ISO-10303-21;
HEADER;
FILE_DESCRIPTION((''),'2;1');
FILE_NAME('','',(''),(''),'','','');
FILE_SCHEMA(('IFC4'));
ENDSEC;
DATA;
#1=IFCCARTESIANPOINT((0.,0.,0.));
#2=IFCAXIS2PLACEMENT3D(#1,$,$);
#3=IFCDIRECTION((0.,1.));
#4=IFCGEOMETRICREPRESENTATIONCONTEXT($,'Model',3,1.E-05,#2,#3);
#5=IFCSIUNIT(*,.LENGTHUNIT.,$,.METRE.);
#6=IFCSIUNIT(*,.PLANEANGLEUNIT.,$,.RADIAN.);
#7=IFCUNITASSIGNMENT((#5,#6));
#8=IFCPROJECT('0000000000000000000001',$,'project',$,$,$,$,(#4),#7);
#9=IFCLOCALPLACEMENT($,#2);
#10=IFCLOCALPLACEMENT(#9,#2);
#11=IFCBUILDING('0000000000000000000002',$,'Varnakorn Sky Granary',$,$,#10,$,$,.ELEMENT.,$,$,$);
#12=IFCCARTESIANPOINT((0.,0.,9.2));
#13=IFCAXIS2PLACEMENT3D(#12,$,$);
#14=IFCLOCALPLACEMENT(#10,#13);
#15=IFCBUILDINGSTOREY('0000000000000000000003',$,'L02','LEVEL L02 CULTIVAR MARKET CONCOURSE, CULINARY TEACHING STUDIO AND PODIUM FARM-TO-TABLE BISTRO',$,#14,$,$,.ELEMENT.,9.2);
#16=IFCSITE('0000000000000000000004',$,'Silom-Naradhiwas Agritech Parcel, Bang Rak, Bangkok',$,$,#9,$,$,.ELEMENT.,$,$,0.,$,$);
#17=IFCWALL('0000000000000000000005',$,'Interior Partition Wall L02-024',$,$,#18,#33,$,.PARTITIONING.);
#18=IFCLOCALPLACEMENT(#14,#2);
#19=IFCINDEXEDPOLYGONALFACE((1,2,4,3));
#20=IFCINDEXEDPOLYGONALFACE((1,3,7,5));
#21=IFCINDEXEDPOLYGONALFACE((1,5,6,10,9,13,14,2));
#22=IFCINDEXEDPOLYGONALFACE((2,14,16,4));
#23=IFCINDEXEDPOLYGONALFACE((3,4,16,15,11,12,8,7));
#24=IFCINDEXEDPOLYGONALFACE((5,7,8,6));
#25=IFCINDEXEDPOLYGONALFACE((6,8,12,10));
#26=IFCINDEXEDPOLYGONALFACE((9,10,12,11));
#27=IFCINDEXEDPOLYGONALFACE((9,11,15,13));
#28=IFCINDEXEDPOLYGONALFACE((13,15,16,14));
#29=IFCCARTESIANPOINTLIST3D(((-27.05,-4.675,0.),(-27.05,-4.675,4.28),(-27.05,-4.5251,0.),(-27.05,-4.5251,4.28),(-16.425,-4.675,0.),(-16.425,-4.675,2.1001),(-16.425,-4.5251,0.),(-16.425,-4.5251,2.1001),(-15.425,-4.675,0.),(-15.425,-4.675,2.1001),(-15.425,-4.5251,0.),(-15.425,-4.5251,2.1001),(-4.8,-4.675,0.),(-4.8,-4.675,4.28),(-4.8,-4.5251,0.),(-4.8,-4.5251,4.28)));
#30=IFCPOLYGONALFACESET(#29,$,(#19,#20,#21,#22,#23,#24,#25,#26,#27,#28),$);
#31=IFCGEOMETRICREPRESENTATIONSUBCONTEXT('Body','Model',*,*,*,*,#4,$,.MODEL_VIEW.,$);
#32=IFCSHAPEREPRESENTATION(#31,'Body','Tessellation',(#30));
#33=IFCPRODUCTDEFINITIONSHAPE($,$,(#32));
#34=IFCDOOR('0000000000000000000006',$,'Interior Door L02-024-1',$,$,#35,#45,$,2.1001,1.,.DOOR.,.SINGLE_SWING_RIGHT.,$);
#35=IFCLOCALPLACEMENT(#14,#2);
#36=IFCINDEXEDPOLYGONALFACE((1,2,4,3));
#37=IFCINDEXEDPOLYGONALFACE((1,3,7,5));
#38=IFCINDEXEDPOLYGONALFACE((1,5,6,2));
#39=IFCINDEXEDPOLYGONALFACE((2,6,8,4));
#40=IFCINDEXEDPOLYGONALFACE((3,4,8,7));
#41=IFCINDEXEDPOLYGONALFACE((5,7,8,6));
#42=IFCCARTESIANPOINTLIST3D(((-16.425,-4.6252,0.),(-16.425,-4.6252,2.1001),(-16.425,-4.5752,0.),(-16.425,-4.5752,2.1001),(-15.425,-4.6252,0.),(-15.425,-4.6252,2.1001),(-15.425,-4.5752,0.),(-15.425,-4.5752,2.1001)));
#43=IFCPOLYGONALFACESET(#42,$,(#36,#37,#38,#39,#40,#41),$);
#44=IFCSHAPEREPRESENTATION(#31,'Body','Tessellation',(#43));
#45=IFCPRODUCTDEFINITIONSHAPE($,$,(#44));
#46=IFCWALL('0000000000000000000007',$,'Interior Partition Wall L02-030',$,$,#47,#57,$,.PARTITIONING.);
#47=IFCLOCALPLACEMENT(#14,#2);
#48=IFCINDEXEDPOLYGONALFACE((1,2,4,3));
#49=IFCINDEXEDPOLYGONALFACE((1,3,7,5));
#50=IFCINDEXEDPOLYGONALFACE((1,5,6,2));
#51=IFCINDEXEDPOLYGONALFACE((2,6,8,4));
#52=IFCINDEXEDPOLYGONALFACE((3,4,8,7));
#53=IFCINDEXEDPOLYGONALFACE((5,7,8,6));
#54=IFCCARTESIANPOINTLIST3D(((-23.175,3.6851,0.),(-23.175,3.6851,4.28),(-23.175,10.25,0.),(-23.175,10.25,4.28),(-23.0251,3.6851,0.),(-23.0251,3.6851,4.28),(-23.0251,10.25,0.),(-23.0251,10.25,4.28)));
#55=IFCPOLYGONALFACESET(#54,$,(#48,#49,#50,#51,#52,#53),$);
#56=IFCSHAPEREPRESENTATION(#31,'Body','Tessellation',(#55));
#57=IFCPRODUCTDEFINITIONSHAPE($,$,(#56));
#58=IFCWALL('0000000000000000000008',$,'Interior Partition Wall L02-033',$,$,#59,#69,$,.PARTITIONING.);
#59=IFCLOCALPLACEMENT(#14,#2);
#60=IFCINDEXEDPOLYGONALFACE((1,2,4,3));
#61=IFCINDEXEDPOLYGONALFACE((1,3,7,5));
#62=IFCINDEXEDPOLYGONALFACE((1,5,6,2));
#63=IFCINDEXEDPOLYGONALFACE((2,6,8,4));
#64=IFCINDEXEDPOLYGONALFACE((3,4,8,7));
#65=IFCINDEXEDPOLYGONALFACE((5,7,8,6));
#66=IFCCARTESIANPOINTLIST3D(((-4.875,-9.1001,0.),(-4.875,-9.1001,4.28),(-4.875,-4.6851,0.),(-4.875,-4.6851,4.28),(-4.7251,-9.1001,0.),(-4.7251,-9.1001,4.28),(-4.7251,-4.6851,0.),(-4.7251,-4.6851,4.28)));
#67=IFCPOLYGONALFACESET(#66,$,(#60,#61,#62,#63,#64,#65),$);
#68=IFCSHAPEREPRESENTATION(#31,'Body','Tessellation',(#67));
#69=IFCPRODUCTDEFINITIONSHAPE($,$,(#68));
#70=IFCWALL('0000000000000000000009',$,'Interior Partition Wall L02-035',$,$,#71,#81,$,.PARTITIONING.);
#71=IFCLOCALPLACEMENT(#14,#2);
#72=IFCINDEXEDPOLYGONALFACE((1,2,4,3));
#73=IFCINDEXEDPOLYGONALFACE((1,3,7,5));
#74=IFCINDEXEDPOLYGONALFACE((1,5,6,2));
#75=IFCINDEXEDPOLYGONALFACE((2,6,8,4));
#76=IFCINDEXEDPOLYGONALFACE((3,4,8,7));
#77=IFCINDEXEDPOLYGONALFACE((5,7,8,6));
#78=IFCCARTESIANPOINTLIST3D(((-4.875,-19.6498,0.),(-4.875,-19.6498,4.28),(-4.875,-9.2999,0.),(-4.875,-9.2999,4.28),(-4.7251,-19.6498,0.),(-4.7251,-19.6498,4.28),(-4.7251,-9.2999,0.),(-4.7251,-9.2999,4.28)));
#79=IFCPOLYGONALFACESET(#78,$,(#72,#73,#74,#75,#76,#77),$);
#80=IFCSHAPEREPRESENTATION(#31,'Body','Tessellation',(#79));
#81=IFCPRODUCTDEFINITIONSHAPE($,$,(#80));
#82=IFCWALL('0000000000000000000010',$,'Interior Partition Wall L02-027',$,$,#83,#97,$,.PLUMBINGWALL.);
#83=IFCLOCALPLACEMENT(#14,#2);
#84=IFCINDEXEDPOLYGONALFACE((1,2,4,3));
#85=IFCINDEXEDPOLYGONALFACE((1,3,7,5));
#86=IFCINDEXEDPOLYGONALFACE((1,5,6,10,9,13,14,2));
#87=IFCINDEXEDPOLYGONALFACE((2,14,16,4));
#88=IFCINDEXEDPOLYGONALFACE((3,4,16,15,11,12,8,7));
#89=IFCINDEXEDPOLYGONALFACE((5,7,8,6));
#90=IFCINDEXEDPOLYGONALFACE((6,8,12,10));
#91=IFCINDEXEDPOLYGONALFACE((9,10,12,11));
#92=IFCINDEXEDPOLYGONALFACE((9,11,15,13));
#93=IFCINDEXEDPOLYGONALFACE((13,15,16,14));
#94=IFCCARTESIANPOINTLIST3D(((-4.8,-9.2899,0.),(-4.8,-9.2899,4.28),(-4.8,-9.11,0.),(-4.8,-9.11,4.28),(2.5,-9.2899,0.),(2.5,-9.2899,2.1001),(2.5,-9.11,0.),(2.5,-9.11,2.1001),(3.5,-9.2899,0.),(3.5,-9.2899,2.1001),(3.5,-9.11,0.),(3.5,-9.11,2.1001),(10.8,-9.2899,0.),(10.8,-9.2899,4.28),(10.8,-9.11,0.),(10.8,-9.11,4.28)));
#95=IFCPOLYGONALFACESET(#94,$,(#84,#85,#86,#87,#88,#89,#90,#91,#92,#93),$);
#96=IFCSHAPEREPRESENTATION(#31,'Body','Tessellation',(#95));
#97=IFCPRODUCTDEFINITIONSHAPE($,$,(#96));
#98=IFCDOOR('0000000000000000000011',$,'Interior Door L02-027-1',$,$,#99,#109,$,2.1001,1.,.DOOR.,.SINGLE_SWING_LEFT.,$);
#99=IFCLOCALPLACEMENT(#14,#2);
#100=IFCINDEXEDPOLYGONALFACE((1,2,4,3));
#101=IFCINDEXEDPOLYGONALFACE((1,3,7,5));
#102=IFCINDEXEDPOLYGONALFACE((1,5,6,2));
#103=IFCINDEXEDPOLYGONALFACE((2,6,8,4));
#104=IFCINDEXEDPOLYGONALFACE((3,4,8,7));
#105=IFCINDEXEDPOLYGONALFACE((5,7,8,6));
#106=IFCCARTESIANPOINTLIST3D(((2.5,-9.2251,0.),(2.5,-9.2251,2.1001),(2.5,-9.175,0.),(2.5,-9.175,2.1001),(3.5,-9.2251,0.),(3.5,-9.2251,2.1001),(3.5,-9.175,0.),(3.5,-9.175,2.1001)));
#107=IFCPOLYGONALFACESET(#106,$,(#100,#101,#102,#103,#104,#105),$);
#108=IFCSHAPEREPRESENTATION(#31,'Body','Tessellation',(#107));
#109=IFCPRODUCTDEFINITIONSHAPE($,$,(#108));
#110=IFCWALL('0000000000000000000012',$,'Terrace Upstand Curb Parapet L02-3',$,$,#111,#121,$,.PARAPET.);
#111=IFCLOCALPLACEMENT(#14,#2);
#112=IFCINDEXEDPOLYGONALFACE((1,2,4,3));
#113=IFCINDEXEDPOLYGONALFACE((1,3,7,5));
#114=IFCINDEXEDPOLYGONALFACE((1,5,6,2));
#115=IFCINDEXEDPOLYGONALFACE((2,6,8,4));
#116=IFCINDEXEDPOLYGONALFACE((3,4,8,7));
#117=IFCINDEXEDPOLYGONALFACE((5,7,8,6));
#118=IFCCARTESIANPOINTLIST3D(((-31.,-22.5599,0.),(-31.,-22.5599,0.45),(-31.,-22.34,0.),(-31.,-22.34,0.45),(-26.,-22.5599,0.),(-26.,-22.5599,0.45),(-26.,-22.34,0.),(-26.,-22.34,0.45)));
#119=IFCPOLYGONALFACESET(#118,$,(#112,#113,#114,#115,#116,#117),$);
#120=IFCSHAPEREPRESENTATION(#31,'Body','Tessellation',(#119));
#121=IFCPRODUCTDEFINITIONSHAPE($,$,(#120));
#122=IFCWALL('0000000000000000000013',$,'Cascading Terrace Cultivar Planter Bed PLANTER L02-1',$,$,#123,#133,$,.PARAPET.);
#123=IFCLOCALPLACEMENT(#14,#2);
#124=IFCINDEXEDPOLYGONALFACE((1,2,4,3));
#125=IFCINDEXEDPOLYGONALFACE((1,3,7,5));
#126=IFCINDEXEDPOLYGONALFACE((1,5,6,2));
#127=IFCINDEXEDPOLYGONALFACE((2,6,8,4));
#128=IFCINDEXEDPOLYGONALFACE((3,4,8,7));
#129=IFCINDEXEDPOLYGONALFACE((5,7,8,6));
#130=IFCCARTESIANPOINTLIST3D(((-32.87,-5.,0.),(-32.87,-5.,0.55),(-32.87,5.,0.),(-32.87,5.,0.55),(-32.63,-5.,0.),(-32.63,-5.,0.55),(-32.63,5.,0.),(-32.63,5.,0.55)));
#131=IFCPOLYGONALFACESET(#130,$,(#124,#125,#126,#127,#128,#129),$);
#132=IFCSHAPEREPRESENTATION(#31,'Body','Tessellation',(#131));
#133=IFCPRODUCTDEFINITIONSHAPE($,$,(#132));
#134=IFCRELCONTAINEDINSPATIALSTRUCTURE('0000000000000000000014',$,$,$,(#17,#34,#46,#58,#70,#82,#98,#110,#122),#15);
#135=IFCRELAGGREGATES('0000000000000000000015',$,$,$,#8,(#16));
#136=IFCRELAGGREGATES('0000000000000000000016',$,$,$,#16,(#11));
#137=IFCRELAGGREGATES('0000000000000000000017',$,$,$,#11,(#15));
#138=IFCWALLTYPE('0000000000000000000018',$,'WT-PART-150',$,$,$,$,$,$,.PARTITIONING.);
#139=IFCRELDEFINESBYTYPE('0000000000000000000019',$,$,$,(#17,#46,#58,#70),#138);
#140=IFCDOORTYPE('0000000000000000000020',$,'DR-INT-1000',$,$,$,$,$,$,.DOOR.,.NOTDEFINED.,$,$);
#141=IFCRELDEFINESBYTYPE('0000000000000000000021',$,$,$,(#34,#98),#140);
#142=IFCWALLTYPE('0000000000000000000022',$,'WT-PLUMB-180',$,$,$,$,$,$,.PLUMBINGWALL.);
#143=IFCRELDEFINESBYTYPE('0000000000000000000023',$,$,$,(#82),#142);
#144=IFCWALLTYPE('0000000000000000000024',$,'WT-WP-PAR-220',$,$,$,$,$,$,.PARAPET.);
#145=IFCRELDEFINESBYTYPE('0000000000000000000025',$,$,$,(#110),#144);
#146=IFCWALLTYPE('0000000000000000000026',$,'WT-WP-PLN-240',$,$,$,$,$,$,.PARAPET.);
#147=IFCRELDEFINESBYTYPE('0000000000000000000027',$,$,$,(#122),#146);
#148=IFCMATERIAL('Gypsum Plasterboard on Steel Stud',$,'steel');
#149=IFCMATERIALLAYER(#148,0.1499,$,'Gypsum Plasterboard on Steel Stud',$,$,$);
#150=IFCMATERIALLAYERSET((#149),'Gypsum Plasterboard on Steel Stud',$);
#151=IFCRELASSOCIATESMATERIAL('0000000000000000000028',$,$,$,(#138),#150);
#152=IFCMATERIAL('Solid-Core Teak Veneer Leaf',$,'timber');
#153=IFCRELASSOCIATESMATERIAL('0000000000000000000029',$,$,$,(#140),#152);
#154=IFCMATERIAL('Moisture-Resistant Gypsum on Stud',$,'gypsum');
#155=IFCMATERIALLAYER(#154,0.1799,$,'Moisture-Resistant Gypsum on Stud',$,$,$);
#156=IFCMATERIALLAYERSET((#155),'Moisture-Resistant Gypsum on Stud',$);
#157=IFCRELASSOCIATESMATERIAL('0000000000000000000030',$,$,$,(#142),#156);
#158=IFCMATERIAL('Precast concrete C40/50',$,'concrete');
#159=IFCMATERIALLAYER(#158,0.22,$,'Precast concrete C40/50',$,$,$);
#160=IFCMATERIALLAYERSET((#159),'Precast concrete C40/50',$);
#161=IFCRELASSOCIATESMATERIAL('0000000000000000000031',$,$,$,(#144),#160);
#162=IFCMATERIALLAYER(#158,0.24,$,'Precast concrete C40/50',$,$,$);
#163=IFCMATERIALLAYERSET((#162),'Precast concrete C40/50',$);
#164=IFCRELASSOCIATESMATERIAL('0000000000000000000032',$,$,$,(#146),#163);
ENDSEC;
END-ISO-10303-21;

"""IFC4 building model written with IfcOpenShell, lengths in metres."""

from ifc_helpers import new_model, si_unit, direction, frame, frame_2d, origin, place, context, subcontext, project, spatial, rectangle, extrude, material, layer, layer_set, type_object, element, fill, save


model = new_model("IFC4")

# Units and contexts
model_context = context("Model", 3, precision=1e-05, world=origin(), true_north=direction((0.0, 1.0)))
body_context = subcontext(model_context, "Body", "Model", "MODEL_VIEW")
ifc_project = project(units=[si_unit("LENGTHUNIT", "METRE"), si_unit("PLANEANGLEUNIT", "RADIAN")], contexts=[model_context])

# Site, building, storey
site_placement = place(None, origin())
site = spatial("IfcSite", under=ifc_project, at=site_placement, Name="Silom-Naradhiwas Agritech Parcel, Bang Rak, Bangkok", CompositionType="ELEMENT", RefElevation=0.0)
building_placement = place(site_placement, origin())
building = spatial("IfcBuilding", under=site, at=building_placement, Name="Varnakorn Sky Granary", CompositionType="ELEMENT")
storey_placement = place(building_placement, frame((0.0, 0.0, 9.2)))
storey = spatial("IfcBuildingStorey", under=building, at=storey_placement, Name="L02", Description="LEVEL L02 CULTIVAR MARKET CONCOURSE, CULINARY TEACHING STUDIO AND PODIUM FARM-TO-TABLE BISTRO", CompositionType="ELEMENT", Elevation=9.2)

# Shared definitions
ifc_material_1 = material(Name="Precast concrete C40/50", Category="concrete")

# Wall, opening, door
ifc_material_2 = material(Name="Gypsum Plasterboard on Steel Stud", Category="steel")
ifc_layer_1 = layer(ifc_material_2, 0.1499, Name="Gypsum Plasterboard on Steel Stud")
ifc_layer_set_1 = layer_set([ifc_layer_1], Name="Gypsum Plasterboard on Steel Stud")
wall_type_1 = type_object("IfcWallType", Name="WT-PART-150", PredefinedType="PARTITIONING", material=ifc_layer_set_1)
ifc_material_3 = material(Name="Solid-Core Teak Veneer Leaf", Category="timber")
door_type = type_object("IfcDoorType", Name="DR-INT-1000", OperationType="NOTDEFINED", PredefinedType="DOOR", material=ifc_material_3)
wall_1_placement = place(storey_placement, frame((-27.05, -4.6001, 0.0), z_axis=(0.0, 0.0, 1.0), x_axis=(1.0, 0.0, 0.0)))
wall_1 = element("IfcWall", 1, at=wall_1_placement, inside=storey, type_object=wall_type_1, Name="Interior Partition Wall L02-024", PredefinedType="PARTITIONING", context=body_context, shape_type="SweptSolid", body=[
    extrude(rectangle(XDim=22.25, YDim=0.1499, at=frame_2d((11.125, 0.0))), origin(), (0.0, 0.0, 1.0), 4.28),
])
opening_1_placement = place(wall_1_placement, frame((10.625, 0.0, 0.0)))
opening_1 = element("IfcOpeningElement", 2, at=opening_1_placement, cuts=wall_1, PredefinedType="OPENING", context=body_context, shape_type="SweptSolid", body=[
    extrude(rectangle(XDim=1.0, YDim=2.1001, at=frame_2d((0.5, 1.05))), frame((0.0, 0.085, 0.0), z_axis=(0.0, -1.0, 0.0), x_axis=(1.0, 0.0, 0.0)), (0.0, 0.0, 1.0), 0.1699),
])
door_1_placement = place(opening_1_placement, origin())
door_1 = element("IfcDoor", 3, at=door_1_placement, inside=storey, type_object=door_type, Name="Interior Door L02-024-1", OperationType="SINGLE_SWING_RIGHT", OverallHeight=2.1001, OverallWidth=1.0, PredefinedType="DOOR", context=body_context, shape_type="SweptSolid", body=[
    extrude(rectangle(XDim=1.0, YDim=2.1001, at=frame_2d((0.5, 1.05))), frame((0.0, 0.0249, 0.0), z_axis=(0.0, -1.0, 0.0), x_axis=(1.0, 0.0, 0.0)), (0.0, 0.0, 1.0), 0.05),
])
fill(opening_1, door_1)

# Walls
wall_2_placement = place(storey_placement, frame((-23.1001, 3.6851, 0.0), z_axis=(0.0, 0.0, 1.0), x_axis=(0.0, 1.0, 0.0)))
element("IfcWall", 4, at=wall_2_placement, inside=storey, type_object=wall_type_1, Name="Interior Partition Wall L02-030", PredefinedType="PARTITIONING", context=body_context, shape_type="SweptSolid", body=[
    extrude(rectangle(XDim=6.5649, YDim=0.1499, at=frame_2d((3.2825, 0.0))), origin(), (0.0, 0.0, 1.0), 4.28),
])
wall_3_placement = place(storey_placement, frame((-4.8, -4.6851, 0.0), z_axis=(0.0, 0.0, 1.0), x_axis=(0.0, -1.0, 0.0)))
element("IfcWall", 5, at=wall_3_placement, inside=storey, type_object=wall_type_1, Name="Interior Partition Wall L02-033", PredefinedType="PARTITIONING", context=body_context, shape_type="SweptSolid", body=[
    extrude(rectangle(XDim=4.415, YDim=0.1499, at=frame_2d((2.2075, 0.0))), origin(), (0.0, 0.0, 1.0), 4.28),
])
wall_4_placement = place(storey_placement, frame((-4.8, -9.3, 0.0), z_axis=(0.0, 0.0, 1.0), x_axis=(0.0, -1.0, 0.0)))
element("IfcWall", 6, at=wall_4_placement, inside=storey, type_object=wall_type_1, Name="Interior Partition Wall L02-035", PredefinedType="PARTITIONING", context=body_context, shape_type="SweptSolid", body=[
    extrude(rectangle(XDim=10.3499, YDim=0.1499, at=frame_2d((5.1748, 0.0))), origin(), (0.0, 0.0, 1.0), 4.28),
])

# Wall, opening, door
ifc_material_4 = material(Name="Moisture-Resistant Gypsum on Stud", Category="gypsum")
ifc_layer_2 = layer(ifc_material_4, 0.1799, Name="Moisture-Resistant Gypsum on Stud")
ifc_layer_set_2 = layer_set([ifc_layer_2], Name="Moisture-Resistant Gypsum on Stud")
wall_type_2 = type_object("IfcWallType", Name="WT-PLUMB-180", PredefinedType="PLUMBINGWALL", material=ifc_layer_set_2)
wall_5_placement = place(storey_placement, frame((-4.8, -9.2, 0.0), z_axis=(0.0, 0.0, 1.0), x_axis=(1.0, 0.0, 0.0)))
wall_5 = element("IfcWall", 7, at=wall_5_placement, inside=storey, type_object=wall_type_2, Name="Interior Partition Wall L02-027", PredefinedType="PLUMBINGWALL", context=body_context, shape_type="SweptSolid", body=[
    extrude(rectangle(XDim=15.6001, YDim=0.1799, at=frame_2d((7.8, 0.0))), origin(), (0.0, 0.0, 1.0), 4.28),
])
opening_2_placement = place(wall_5_placement, frame((7.3, 0.0, 0.0)))
opening_2 = element("IfcOpeningElement", 8, at=opening_2_placement, cuts=wall_5, PredefinedType="OPENING", context=body_context, shape_type="SweptSolid", body=[
    extrude(rectangle(XDim=1.0, YDim=2.1001, at=frame_2d((0.5, 1.05))), frame((0.0, 0.1001, 0.0), z_axis=(0.0, -1.0, 0.0), x_axis=(1.0, 0.0, 0.0)), (0.0, 0.0, 1.0), 0.2),
])
door_2_placement = place(opening_2_placement, origin())
door_2 = element("IfcDoor", 9, at=door_2_placement, inside=storey, type_object=door_type, Name="Interior Door L02-027-1", OperationType="SINGLE_SWING_LEFT", OverallHeight=2.1001, OverallWidth=1.0, PredefinedType="DOOR", context=body_context, shape_type="SweptSolid", body=[
    extrude(rectangle(XDim=1.0, YDim=2.1001, at=frame_2d((0.5, 1.05))), frame((0.0, 0.0249, 0.0), z_axis=(0.0, -1.0, 0.0), x_axis=(1.0, 0.0, 0.0)), (0.0, 0.0, 1.0), 0.05),
])
fill(opening_2, door_2)

# Walls
ifc_layer_3 = layer(ifc_material_1, 0.22, Name="Precast concrete C40/50")
ifc_layer_set_3 = layer_set([ifc_layer_3], Name="Precast concrete C40/50")
wall_type_3 = type_object("IfcWallType", Name="WT-WP-PAR-220", PredefinedType="PARAPET", material=ifc_layer_set_3)
wall_6_placement = place(storey_placement, frame((-31.0, -22.45, 0.0), z_axis=(0.0, 0.0, 1.0), x_axis=(1.0, 0.0, 0.0)))
element("IfcWall", 10, at=wall_6_placement, inside=storey, type_object=wall_type_3, Name="Terrace Upstand Curb Parapet L02-3", PredefinedType="PARAPET", context=body_context, shape_type="SweptSolid", body=[
    extrude(rectangle(XDim=5.0, YDim=0.22, at=frame_2d((2.5, 0.0))), origin(), (0.0, 0.0, 1.0), 0.45),
])
ifc_layer_4 = layer(ifc_material_1, 0.24, Name="Precast concrete C40/50")
ifc_layer_set_4 = layer_set([ifc_layer_4], Name="Precast concrete C40/50")
wall_type_4 = type_object("IfcWallType", Name="WT-WP-PLN-240", PredefinedType="PARAPET", material=ifc_layer_set_4)
wall_7_placement = place(storey_placement, frame((-32.75, -5.0, 0.0), z_axis=(0.0, 0.0, 1.0), x_axis=(0.0, 1.0, 0.0)))
element("IfcWall", 11, at=wall_7_placement, inside=storey, type_object=wall_type_4, Name="Cascading Terrace Cultivar Planter Bed PLANTER L02-1", PredefinedType="PARAPET", context=body_context, shape_type="SweptSolid", body=[
    extrude(rectangle(XDim=10.0, YDim=0.24, at=frame_2d((5.0, 0.0))), origin(), (0.0, 0.0, 1.0), 0.55),
])

save(model, "model.ifc")
